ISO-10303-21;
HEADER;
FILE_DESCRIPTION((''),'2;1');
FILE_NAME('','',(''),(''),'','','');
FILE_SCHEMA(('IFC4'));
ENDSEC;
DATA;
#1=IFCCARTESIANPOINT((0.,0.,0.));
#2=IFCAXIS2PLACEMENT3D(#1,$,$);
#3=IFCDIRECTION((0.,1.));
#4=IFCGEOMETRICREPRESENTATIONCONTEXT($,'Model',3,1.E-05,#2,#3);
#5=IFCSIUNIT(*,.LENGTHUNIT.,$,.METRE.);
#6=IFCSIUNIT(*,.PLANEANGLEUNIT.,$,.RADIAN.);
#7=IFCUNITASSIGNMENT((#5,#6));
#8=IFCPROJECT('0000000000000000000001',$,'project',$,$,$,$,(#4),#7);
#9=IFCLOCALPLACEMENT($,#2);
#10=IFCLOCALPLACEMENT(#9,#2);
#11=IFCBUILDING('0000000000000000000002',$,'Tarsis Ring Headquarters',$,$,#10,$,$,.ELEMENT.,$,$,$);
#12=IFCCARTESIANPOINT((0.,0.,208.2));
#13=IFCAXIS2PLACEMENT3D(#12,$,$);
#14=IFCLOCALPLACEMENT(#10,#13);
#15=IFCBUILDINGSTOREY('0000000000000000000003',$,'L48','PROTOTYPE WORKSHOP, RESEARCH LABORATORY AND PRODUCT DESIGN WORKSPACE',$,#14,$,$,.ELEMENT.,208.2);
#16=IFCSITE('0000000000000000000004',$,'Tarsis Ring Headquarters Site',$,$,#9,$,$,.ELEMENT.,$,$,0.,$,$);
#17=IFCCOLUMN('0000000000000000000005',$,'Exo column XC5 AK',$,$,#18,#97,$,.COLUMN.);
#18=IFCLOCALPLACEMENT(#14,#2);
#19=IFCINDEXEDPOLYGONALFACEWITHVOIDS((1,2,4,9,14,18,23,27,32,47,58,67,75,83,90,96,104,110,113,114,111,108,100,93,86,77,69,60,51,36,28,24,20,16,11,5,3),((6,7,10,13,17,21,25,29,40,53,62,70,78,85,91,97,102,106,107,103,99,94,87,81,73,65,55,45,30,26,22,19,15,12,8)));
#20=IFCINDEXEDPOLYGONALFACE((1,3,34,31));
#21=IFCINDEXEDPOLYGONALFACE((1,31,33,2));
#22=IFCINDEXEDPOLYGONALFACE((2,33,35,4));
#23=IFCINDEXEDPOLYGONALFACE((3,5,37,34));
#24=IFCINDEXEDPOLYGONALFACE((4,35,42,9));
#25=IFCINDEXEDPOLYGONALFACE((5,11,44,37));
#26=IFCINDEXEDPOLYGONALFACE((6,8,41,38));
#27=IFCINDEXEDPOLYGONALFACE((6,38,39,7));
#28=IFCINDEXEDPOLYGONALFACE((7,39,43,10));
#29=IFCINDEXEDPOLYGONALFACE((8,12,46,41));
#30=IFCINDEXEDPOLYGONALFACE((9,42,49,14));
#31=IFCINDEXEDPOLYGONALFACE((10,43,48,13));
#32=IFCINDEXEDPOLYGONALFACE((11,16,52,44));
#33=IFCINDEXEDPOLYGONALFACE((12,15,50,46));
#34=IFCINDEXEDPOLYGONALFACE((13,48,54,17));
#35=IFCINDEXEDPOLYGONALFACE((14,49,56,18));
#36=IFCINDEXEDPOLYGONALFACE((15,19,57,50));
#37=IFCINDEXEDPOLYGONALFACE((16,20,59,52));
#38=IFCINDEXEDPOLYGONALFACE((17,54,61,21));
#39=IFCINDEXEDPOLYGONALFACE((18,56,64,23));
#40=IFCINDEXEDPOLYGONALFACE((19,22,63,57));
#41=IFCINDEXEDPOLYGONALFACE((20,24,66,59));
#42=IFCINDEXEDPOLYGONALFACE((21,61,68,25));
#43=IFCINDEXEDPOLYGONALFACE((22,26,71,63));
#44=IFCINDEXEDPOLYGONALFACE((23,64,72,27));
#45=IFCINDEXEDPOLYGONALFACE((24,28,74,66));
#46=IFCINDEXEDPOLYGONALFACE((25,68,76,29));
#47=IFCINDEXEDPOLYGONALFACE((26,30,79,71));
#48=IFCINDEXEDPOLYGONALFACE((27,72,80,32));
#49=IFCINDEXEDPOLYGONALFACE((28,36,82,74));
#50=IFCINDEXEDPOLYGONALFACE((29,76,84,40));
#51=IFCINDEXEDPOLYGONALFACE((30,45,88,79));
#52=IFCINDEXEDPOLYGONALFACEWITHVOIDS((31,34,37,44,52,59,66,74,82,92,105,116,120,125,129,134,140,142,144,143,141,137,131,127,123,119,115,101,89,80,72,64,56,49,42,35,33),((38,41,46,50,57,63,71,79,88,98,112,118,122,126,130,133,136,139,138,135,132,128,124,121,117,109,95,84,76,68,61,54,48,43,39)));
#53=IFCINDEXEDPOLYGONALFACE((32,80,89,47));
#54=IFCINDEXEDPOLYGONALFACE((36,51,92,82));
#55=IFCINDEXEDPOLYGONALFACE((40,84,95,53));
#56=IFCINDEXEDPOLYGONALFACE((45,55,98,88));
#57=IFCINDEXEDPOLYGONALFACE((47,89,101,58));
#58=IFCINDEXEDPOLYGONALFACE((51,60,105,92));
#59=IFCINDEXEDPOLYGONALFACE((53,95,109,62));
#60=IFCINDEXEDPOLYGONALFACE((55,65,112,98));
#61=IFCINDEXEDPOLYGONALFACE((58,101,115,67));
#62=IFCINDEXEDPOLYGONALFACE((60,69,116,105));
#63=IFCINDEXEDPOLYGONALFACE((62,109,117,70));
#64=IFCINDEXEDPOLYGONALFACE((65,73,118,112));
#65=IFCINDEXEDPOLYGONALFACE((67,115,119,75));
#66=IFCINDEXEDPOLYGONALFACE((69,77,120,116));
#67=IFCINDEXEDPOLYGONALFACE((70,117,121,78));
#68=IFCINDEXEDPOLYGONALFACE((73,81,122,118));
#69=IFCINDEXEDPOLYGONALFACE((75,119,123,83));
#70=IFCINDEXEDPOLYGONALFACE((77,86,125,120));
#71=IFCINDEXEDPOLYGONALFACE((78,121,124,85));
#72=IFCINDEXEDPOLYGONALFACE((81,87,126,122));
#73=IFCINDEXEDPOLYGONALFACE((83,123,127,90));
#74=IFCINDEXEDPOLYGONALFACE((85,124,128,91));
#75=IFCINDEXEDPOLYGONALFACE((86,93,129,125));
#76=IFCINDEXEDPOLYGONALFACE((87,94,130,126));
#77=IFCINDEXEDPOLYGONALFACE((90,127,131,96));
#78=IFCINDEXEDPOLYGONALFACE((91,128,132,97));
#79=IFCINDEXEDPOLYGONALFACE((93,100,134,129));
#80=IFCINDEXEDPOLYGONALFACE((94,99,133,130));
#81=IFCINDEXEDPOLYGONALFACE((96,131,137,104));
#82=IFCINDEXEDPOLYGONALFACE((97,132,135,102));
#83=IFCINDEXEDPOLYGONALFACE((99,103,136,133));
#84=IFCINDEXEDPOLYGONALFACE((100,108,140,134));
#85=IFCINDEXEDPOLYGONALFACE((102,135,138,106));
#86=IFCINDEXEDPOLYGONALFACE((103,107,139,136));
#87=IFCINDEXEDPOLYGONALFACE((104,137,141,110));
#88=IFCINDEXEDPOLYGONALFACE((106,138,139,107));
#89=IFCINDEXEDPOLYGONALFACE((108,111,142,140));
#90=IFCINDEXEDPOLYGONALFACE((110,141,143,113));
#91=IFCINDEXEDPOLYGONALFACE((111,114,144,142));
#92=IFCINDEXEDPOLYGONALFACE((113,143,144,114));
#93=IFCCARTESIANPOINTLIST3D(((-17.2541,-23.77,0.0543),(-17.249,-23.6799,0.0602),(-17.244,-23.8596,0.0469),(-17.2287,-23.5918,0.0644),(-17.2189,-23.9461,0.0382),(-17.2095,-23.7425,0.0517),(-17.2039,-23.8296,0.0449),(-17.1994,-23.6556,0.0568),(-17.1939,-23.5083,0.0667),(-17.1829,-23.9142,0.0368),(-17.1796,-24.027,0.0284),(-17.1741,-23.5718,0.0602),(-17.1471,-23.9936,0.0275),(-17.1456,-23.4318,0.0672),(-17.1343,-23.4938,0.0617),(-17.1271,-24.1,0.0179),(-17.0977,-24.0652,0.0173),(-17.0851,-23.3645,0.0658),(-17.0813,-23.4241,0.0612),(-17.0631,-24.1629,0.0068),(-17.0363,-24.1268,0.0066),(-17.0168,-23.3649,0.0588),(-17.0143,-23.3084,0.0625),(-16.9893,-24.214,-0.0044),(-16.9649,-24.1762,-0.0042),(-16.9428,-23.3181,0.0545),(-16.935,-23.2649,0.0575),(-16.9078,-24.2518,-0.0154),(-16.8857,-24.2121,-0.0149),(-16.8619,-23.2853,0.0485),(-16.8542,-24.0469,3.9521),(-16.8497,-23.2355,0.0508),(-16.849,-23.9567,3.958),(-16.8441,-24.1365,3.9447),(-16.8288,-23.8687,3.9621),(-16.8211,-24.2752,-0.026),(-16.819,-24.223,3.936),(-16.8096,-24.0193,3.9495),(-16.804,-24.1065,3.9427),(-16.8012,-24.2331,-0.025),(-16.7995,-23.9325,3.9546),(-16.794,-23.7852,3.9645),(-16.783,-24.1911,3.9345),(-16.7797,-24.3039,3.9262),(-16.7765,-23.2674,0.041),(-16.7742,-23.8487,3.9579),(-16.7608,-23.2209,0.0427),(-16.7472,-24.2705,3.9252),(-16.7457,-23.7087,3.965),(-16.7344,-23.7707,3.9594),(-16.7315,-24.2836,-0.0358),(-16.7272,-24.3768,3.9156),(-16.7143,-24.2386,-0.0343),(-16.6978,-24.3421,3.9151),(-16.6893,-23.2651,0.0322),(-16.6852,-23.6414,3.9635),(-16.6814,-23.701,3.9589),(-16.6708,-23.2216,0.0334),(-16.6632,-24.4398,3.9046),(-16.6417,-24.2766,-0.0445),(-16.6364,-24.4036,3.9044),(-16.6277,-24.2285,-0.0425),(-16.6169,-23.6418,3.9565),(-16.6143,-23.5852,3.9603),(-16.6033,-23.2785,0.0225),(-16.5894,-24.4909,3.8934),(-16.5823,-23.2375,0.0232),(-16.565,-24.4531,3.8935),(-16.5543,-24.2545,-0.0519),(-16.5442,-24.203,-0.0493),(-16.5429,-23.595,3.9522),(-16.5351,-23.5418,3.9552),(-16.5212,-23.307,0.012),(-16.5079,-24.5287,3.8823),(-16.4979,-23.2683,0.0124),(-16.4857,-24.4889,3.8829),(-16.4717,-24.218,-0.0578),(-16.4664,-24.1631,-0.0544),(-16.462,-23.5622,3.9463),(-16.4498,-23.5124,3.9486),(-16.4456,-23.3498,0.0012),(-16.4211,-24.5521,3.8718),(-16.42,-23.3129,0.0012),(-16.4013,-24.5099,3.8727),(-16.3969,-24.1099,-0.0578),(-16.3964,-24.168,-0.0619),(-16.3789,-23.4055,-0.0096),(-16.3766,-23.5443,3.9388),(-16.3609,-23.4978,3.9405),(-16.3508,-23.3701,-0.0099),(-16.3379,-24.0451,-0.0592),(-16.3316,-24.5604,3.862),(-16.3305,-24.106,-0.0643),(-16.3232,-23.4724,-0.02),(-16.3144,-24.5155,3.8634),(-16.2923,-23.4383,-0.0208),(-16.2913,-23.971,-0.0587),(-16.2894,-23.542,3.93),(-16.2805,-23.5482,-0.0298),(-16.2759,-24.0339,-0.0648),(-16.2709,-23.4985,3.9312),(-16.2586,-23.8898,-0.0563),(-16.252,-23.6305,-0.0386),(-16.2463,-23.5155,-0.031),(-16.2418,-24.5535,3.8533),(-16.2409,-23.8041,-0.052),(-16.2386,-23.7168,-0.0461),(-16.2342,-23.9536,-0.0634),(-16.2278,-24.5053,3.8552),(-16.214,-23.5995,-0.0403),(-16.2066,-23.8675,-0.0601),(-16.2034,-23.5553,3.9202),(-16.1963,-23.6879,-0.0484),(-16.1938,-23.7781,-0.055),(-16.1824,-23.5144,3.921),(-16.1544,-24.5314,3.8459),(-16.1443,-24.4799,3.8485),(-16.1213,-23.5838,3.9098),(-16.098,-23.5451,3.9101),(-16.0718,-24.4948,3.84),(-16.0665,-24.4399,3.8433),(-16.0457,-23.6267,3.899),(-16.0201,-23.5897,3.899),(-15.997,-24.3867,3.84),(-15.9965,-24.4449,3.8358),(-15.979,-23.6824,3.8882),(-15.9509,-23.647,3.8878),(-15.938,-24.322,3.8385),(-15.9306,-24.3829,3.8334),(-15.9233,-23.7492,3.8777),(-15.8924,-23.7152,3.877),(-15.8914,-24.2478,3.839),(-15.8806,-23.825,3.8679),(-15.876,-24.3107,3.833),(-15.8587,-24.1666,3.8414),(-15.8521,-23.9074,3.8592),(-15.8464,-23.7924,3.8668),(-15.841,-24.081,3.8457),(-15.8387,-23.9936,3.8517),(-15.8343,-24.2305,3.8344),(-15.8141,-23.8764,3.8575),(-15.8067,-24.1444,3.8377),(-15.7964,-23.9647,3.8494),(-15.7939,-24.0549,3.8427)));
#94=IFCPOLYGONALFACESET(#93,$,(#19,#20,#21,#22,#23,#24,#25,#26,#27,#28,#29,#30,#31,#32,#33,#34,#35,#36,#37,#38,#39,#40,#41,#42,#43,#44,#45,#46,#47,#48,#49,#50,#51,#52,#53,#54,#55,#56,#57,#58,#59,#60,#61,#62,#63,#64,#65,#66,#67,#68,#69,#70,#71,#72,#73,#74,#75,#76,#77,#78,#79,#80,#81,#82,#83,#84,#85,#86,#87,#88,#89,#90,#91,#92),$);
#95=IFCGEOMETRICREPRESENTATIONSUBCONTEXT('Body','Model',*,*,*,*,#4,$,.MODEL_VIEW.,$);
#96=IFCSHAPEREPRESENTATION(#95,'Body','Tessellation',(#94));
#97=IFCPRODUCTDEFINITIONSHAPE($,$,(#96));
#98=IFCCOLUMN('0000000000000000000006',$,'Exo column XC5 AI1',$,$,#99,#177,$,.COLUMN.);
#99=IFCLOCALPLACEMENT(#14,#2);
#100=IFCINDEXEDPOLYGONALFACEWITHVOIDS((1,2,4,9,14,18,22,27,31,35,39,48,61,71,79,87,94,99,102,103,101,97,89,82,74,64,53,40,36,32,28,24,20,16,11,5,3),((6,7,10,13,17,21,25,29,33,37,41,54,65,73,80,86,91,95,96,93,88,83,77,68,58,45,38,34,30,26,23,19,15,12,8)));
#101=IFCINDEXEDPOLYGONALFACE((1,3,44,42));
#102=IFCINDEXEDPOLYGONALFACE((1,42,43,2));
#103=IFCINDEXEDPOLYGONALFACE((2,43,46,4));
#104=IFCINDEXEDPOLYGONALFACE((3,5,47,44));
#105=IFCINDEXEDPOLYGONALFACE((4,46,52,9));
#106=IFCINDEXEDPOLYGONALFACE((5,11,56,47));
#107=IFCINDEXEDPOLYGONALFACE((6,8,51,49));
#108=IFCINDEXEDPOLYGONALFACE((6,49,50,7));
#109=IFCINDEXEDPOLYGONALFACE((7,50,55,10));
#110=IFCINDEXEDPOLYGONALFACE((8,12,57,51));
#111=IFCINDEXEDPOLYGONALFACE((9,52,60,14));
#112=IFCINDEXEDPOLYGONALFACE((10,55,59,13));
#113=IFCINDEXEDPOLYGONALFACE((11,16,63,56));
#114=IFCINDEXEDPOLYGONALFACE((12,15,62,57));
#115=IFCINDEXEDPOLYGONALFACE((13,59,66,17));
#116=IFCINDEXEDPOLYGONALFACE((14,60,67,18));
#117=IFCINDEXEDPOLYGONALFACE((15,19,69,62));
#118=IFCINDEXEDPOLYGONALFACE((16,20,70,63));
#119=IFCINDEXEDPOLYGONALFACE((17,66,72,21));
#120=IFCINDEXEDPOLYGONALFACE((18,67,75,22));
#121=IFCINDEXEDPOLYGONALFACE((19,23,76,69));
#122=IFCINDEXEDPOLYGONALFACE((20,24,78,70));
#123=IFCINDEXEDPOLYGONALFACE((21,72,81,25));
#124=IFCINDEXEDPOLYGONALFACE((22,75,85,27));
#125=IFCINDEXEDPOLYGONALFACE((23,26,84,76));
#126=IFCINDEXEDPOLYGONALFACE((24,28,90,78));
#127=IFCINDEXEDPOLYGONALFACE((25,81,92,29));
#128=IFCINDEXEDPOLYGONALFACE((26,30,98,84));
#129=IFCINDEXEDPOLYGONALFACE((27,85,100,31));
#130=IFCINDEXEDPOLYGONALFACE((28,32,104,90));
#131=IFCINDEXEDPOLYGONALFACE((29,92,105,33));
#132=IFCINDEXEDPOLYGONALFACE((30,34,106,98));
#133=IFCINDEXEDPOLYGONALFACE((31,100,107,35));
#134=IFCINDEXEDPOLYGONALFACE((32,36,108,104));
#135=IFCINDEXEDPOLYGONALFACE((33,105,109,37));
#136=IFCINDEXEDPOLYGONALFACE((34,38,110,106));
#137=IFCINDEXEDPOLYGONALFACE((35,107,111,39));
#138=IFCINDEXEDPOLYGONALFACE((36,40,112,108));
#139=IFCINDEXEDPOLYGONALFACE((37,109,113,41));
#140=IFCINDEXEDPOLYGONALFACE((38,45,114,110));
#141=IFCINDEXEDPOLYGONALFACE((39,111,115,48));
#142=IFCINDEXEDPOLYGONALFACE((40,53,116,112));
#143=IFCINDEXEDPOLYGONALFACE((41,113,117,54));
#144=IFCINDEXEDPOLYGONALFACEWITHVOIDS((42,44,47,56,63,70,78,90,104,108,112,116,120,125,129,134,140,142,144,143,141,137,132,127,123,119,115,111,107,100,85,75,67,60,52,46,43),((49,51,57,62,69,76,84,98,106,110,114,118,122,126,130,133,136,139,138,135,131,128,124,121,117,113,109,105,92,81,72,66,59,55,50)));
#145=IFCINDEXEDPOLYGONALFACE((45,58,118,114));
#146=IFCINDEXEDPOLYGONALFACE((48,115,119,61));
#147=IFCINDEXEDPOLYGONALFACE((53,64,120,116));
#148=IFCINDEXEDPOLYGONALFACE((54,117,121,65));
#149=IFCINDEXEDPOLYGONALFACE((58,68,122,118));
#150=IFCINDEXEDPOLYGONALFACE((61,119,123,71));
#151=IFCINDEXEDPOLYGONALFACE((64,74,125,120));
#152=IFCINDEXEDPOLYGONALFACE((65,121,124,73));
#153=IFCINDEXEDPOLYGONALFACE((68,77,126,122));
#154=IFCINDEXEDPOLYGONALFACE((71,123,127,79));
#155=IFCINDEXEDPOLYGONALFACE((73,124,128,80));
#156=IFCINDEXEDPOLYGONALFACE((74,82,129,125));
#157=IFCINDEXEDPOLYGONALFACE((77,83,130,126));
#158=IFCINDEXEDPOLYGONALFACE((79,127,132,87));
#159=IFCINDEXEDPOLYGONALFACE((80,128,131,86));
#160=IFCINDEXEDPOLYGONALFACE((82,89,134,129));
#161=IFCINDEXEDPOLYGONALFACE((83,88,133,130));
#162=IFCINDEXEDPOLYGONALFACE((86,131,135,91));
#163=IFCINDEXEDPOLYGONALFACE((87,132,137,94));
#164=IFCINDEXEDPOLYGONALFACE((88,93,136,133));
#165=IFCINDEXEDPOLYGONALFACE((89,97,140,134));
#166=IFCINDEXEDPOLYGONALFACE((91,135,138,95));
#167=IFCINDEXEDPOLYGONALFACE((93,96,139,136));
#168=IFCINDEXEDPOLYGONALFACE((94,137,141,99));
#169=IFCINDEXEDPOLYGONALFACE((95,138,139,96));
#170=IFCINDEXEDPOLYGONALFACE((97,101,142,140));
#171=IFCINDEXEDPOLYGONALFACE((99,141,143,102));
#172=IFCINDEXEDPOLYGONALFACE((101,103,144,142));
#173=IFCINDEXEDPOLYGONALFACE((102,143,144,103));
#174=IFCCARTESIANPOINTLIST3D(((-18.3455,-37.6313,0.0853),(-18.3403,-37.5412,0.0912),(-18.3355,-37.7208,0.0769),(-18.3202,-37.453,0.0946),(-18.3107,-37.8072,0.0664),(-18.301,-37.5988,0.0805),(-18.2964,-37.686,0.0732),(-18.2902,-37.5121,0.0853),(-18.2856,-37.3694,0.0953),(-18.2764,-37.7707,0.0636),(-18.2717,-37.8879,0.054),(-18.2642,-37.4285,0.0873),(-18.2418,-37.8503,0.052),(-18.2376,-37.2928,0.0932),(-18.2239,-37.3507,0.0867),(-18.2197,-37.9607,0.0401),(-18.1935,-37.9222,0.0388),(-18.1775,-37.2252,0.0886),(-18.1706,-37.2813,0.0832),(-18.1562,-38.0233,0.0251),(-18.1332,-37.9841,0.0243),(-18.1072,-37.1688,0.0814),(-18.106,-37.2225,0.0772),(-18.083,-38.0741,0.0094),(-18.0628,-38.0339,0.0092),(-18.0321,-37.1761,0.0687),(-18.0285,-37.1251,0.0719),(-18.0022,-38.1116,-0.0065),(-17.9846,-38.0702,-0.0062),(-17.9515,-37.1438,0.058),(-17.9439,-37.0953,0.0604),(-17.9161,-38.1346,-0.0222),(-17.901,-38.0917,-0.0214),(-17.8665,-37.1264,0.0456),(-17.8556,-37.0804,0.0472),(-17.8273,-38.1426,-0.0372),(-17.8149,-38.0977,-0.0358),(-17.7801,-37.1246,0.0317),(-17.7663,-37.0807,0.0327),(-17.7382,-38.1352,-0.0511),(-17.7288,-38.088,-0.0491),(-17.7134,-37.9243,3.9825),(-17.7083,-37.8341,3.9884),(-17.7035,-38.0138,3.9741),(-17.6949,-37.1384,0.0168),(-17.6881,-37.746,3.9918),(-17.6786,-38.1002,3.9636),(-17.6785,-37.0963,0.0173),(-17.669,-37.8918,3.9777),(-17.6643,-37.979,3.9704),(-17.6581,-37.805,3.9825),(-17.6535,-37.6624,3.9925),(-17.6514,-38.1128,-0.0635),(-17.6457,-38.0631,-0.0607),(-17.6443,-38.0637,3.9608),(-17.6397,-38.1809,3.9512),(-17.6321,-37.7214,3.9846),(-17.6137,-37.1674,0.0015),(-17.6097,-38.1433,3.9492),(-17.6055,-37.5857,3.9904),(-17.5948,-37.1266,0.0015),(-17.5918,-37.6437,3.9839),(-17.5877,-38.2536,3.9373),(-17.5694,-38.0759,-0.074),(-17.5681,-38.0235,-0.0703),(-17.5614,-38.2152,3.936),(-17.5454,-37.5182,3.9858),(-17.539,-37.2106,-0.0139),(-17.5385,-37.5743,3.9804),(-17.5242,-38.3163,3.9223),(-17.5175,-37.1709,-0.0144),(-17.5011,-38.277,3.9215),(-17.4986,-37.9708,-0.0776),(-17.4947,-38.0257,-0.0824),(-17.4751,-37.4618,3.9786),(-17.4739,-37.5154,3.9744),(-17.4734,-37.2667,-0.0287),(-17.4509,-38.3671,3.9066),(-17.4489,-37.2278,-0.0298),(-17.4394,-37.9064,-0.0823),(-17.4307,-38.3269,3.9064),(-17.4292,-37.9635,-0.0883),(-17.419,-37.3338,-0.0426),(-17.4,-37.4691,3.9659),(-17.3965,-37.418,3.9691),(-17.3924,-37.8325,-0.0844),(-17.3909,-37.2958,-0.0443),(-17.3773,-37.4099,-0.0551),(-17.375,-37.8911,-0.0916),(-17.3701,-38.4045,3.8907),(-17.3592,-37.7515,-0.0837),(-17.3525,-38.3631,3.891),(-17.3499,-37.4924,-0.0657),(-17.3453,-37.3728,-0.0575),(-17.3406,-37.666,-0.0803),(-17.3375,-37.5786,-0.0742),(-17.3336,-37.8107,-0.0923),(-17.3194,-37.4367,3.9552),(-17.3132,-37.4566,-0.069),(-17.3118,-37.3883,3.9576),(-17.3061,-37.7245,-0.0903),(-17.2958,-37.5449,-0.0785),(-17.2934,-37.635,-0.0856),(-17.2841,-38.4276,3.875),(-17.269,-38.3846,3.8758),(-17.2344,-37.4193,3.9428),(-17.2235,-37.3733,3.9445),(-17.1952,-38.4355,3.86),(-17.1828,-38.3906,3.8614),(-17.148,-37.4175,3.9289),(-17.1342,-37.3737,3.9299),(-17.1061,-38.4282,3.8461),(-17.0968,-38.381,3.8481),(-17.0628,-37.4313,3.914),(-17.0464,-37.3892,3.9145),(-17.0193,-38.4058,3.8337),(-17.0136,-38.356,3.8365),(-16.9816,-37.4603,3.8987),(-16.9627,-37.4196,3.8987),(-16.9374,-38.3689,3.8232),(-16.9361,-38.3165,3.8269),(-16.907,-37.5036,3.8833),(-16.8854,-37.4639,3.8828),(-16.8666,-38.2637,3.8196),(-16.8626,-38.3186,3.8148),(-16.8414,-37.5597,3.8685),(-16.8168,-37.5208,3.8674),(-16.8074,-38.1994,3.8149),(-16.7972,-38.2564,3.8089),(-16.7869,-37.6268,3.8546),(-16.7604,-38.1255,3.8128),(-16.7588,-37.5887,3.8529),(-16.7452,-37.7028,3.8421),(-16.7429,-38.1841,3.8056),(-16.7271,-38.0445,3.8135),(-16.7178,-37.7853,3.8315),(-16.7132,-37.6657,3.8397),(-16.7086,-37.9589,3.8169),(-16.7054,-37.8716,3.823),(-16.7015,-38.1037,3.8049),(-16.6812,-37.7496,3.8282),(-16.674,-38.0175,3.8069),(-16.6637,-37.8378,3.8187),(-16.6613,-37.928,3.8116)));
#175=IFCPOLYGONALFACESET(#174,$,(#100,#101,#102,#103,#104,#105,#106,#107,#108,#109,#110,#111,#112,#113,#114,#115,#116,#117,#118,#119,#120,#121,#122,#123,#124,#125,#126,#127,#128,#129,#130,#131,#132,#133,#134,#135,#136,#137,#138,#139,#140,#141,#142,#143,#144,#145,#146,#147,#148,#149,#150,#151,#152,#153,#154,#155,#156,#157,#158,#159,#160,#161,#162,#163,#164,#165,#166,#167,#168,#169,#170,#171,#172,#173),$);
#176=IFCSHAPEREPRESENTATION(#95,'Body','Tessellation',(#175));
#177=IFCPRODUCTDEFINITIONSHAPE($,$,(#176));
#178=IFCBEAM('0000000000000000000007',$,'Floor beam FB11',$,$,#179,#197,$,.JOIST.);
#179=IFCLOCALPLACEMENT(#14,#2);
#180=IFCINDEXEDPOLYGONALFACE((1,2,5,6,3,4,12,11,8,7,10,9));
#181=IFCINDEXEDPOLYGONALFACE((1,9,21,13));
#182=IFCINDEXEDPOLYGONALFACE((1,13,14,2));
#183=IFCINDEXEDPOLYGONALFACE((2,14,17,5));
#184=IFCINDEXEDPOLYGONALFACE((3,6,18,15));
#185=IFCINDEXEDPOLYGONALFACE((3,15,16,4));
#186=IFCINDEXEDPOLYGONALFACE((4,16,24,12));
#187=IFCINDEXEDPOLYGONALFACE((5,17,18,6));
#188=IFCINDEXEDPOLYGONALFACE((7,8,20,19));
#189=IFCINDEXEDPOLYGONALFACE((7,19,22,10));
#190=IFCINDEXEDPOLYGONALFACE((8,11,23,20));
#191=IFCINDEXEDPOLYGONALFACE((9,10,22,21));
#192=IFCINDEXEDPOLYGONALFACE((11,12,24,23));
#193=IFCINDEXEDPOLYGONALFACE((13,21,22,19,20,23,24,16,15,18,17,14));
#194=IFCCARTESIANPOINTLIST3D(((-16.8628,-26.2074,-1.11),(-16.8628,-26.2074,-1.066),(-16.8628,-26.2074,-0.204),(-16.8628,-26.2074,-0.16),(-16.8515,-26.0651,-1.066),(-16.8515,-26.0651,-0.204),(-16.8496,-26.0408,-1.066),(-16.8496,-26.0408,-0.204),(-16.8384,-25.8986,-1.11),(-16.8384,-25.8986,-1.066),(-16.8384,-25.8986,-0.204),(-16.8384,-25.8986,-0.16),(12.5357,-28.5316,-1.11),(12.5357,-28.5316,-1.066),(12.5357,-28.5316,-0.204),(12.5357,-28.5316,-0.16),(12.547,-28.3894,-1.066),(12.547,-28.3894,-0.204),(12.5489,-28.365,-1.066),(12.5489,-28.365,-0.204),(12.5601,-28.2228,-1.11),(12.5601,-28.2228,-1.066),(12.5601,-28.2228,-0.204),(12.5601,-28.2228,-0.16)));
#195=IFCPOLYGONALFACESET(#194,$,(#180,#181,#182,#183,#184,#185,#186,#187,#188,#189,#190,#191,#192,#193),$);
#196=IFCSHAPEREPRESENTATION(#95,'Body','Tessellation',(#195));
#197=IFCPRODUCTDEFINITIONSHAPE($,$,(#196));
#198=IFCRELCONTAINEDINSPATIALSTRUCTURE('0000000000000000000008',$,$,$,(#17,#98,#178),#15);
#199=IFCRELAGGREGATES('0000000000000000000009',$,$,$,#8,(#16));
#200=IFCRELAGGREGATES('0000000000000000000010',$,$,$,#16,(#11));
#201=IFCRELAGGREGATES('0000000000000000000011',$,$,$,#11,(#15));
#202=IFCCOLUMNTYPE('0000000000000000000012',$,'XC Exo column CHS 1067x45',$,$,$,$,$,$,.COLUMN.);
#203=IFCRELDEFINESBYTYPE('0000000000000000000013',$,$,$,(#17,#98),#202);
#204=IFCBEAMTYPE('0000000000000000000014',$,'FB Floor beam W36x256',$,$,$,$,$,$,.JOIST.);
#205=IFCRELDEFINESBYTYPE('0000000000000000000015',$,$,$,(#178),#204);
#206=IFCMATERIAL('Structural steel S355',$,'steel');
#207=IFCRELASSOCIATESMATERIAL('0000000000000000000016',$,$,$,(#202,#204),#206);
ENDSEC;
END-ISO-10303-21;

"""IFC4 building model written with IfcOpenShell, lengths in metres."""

from ifc_helpers import new_model, si_unit, direction, frame, origin, origin_2d, place, context, subcontext, project, spatial, hollow_circle, i_section, extrude, material, material_profile, profile_set, type_object, element, save


model = new_model("IFC4")

# Units and contexts
model_context = context("Model", 3, precision=1e-05, world=origin(), true_north=direction((0.0, 1.0)))
body_context = subcontext(model_context, "Body", "Model", "MODEL_VIEW")
ifc_project = project(units=[si_unit("LENGTHUNIT", "METRE"), si_unit("PLANEANGLEUNIT", "RADIAN")], contexts=[model_context])

# Site, building, storey
site_placement = place(None, origin())
site = spatial("IfcSite", under=ifc_project, at=site_placement, Name="Tarsis Ring Headquarters Site", CompositionType="ELEMENT", RefElevation=0.0)
building_placement = place(site_placement, origin())
building = spatial("IfcBuilding", under=site, at=building_placement, Name="Tarsis Ring Headquarters", CompositionType="ELEMENT")
storey_placement = place(building_placement, frame((0.0, 0.0, 208.2)))
storey = spatial("IfcBuildingStorey", under=building, at=storey_placement, Name="L48", Description="PROTOTYPE WORKSHOP, RESEARCH LABORATORY AND PRODUCT DESIGN WORKSPACE", CompositionType="ELEMENT", Elevation=208.2)

# Columns
ifc_material_1 = material(Name="Structural steel S355", Category="steel")
ifc_material_profile_1 = material_profile(ifc_material_1, hollow_circle(Radius=0.5334, WallThickness=0.0449, at=origin_2d()), Name="CHS 1067x45")
ifc_profile_set_1 = profile_set([ifc_material_profile_1], Name="Structural steel S355")
column_type = type_object("IfcColumnType", Name="XC Exo column CHS 1067x45", PredefinedType="COLUMN", material=ifc_profile_set_1)
column_1_placement = place(storey_placement, frame((-16.7236, -23.7515, 0.0012), z_axis=(0.10181, -0.070484, 0.992304), x_axis=(0.56921, 0.822192, 0.0)))
element("IfcColumn", 1, at=column_1_placement, inside=storey, type_object=column_type, Name="Exo column XC5 AK", PredefinedType="COLUMN", context=body_context, shape_type="SweptSolid", body=[
    extrude(hollow_circle(Radius=0.5334, WallThickness=0.0449, at=origin_2d()), origin(), (0.0, 0.0, 1.0), 3.928),
])
column_2_placement = place(storey_placement, frame((-17.8191, -37.6106, 0.0015), z_axis=(0.159657, -0.074001, 0.984395), x_axis=(0.420524, 0.907281, 0.0)))
element("IfcColumn", 2, at=column_2_placement, inside=storey, type_object=column_type, Name="Exo column XC5 AI1", PredefinedType="COLUMN", context=body_context, shape_type="SweptSolid", body=[
    extrude(hollow_circle(Radius=0.5334, WallThickness=0.0449, at=origin_2d()), origin(), (0.0, 0.0, 1.0), 3.959),
])

# Beam
ifc_material_profile_2 = material_profile(ifc_material_1, i_section(OverallWidth=0.3098, OverallDepth=0.95, WebThickness=0.0244, FlangeThickness=0.0439, at=origin_2d()), Name="W36x256")
ifc_profile_set_2 = profile_set([ifc_material_profile_2], Name="Structural steel S355")
beam_type_1 = type_object("IfcBeamType", Name="FB Floor beam W36x256", PredefinedType="JOIST", material=ifc_profile_set_2)
for number, where, z_axis, x_axis, name in (
    (3, (-16.8506, -26.053, -0.635), (0.996889, -0.078813, 0.0), (0.078813, 0.996889, 0.0), "Floor beam FB11"),
):
    element("IfcBeam", number, at=place(storey_placement, frame(where, z_axis=z_axis, x_axis=x_axis)), inside=storey, type_object=beam_type_1, Name=name, PredefinedType="JOIST", context=body_context, shape_type="SweptSolid", body=[
        extrude(i_section(OverallWidth=0.3098, OverallDepth=0.95, WebThickness=0.0244, FlangeThickness=0.0439, at=origin_2d()), origin(), (0.0, 0.0, 1.0), 29.4902),
    ])

save(model, "model.ifc")
